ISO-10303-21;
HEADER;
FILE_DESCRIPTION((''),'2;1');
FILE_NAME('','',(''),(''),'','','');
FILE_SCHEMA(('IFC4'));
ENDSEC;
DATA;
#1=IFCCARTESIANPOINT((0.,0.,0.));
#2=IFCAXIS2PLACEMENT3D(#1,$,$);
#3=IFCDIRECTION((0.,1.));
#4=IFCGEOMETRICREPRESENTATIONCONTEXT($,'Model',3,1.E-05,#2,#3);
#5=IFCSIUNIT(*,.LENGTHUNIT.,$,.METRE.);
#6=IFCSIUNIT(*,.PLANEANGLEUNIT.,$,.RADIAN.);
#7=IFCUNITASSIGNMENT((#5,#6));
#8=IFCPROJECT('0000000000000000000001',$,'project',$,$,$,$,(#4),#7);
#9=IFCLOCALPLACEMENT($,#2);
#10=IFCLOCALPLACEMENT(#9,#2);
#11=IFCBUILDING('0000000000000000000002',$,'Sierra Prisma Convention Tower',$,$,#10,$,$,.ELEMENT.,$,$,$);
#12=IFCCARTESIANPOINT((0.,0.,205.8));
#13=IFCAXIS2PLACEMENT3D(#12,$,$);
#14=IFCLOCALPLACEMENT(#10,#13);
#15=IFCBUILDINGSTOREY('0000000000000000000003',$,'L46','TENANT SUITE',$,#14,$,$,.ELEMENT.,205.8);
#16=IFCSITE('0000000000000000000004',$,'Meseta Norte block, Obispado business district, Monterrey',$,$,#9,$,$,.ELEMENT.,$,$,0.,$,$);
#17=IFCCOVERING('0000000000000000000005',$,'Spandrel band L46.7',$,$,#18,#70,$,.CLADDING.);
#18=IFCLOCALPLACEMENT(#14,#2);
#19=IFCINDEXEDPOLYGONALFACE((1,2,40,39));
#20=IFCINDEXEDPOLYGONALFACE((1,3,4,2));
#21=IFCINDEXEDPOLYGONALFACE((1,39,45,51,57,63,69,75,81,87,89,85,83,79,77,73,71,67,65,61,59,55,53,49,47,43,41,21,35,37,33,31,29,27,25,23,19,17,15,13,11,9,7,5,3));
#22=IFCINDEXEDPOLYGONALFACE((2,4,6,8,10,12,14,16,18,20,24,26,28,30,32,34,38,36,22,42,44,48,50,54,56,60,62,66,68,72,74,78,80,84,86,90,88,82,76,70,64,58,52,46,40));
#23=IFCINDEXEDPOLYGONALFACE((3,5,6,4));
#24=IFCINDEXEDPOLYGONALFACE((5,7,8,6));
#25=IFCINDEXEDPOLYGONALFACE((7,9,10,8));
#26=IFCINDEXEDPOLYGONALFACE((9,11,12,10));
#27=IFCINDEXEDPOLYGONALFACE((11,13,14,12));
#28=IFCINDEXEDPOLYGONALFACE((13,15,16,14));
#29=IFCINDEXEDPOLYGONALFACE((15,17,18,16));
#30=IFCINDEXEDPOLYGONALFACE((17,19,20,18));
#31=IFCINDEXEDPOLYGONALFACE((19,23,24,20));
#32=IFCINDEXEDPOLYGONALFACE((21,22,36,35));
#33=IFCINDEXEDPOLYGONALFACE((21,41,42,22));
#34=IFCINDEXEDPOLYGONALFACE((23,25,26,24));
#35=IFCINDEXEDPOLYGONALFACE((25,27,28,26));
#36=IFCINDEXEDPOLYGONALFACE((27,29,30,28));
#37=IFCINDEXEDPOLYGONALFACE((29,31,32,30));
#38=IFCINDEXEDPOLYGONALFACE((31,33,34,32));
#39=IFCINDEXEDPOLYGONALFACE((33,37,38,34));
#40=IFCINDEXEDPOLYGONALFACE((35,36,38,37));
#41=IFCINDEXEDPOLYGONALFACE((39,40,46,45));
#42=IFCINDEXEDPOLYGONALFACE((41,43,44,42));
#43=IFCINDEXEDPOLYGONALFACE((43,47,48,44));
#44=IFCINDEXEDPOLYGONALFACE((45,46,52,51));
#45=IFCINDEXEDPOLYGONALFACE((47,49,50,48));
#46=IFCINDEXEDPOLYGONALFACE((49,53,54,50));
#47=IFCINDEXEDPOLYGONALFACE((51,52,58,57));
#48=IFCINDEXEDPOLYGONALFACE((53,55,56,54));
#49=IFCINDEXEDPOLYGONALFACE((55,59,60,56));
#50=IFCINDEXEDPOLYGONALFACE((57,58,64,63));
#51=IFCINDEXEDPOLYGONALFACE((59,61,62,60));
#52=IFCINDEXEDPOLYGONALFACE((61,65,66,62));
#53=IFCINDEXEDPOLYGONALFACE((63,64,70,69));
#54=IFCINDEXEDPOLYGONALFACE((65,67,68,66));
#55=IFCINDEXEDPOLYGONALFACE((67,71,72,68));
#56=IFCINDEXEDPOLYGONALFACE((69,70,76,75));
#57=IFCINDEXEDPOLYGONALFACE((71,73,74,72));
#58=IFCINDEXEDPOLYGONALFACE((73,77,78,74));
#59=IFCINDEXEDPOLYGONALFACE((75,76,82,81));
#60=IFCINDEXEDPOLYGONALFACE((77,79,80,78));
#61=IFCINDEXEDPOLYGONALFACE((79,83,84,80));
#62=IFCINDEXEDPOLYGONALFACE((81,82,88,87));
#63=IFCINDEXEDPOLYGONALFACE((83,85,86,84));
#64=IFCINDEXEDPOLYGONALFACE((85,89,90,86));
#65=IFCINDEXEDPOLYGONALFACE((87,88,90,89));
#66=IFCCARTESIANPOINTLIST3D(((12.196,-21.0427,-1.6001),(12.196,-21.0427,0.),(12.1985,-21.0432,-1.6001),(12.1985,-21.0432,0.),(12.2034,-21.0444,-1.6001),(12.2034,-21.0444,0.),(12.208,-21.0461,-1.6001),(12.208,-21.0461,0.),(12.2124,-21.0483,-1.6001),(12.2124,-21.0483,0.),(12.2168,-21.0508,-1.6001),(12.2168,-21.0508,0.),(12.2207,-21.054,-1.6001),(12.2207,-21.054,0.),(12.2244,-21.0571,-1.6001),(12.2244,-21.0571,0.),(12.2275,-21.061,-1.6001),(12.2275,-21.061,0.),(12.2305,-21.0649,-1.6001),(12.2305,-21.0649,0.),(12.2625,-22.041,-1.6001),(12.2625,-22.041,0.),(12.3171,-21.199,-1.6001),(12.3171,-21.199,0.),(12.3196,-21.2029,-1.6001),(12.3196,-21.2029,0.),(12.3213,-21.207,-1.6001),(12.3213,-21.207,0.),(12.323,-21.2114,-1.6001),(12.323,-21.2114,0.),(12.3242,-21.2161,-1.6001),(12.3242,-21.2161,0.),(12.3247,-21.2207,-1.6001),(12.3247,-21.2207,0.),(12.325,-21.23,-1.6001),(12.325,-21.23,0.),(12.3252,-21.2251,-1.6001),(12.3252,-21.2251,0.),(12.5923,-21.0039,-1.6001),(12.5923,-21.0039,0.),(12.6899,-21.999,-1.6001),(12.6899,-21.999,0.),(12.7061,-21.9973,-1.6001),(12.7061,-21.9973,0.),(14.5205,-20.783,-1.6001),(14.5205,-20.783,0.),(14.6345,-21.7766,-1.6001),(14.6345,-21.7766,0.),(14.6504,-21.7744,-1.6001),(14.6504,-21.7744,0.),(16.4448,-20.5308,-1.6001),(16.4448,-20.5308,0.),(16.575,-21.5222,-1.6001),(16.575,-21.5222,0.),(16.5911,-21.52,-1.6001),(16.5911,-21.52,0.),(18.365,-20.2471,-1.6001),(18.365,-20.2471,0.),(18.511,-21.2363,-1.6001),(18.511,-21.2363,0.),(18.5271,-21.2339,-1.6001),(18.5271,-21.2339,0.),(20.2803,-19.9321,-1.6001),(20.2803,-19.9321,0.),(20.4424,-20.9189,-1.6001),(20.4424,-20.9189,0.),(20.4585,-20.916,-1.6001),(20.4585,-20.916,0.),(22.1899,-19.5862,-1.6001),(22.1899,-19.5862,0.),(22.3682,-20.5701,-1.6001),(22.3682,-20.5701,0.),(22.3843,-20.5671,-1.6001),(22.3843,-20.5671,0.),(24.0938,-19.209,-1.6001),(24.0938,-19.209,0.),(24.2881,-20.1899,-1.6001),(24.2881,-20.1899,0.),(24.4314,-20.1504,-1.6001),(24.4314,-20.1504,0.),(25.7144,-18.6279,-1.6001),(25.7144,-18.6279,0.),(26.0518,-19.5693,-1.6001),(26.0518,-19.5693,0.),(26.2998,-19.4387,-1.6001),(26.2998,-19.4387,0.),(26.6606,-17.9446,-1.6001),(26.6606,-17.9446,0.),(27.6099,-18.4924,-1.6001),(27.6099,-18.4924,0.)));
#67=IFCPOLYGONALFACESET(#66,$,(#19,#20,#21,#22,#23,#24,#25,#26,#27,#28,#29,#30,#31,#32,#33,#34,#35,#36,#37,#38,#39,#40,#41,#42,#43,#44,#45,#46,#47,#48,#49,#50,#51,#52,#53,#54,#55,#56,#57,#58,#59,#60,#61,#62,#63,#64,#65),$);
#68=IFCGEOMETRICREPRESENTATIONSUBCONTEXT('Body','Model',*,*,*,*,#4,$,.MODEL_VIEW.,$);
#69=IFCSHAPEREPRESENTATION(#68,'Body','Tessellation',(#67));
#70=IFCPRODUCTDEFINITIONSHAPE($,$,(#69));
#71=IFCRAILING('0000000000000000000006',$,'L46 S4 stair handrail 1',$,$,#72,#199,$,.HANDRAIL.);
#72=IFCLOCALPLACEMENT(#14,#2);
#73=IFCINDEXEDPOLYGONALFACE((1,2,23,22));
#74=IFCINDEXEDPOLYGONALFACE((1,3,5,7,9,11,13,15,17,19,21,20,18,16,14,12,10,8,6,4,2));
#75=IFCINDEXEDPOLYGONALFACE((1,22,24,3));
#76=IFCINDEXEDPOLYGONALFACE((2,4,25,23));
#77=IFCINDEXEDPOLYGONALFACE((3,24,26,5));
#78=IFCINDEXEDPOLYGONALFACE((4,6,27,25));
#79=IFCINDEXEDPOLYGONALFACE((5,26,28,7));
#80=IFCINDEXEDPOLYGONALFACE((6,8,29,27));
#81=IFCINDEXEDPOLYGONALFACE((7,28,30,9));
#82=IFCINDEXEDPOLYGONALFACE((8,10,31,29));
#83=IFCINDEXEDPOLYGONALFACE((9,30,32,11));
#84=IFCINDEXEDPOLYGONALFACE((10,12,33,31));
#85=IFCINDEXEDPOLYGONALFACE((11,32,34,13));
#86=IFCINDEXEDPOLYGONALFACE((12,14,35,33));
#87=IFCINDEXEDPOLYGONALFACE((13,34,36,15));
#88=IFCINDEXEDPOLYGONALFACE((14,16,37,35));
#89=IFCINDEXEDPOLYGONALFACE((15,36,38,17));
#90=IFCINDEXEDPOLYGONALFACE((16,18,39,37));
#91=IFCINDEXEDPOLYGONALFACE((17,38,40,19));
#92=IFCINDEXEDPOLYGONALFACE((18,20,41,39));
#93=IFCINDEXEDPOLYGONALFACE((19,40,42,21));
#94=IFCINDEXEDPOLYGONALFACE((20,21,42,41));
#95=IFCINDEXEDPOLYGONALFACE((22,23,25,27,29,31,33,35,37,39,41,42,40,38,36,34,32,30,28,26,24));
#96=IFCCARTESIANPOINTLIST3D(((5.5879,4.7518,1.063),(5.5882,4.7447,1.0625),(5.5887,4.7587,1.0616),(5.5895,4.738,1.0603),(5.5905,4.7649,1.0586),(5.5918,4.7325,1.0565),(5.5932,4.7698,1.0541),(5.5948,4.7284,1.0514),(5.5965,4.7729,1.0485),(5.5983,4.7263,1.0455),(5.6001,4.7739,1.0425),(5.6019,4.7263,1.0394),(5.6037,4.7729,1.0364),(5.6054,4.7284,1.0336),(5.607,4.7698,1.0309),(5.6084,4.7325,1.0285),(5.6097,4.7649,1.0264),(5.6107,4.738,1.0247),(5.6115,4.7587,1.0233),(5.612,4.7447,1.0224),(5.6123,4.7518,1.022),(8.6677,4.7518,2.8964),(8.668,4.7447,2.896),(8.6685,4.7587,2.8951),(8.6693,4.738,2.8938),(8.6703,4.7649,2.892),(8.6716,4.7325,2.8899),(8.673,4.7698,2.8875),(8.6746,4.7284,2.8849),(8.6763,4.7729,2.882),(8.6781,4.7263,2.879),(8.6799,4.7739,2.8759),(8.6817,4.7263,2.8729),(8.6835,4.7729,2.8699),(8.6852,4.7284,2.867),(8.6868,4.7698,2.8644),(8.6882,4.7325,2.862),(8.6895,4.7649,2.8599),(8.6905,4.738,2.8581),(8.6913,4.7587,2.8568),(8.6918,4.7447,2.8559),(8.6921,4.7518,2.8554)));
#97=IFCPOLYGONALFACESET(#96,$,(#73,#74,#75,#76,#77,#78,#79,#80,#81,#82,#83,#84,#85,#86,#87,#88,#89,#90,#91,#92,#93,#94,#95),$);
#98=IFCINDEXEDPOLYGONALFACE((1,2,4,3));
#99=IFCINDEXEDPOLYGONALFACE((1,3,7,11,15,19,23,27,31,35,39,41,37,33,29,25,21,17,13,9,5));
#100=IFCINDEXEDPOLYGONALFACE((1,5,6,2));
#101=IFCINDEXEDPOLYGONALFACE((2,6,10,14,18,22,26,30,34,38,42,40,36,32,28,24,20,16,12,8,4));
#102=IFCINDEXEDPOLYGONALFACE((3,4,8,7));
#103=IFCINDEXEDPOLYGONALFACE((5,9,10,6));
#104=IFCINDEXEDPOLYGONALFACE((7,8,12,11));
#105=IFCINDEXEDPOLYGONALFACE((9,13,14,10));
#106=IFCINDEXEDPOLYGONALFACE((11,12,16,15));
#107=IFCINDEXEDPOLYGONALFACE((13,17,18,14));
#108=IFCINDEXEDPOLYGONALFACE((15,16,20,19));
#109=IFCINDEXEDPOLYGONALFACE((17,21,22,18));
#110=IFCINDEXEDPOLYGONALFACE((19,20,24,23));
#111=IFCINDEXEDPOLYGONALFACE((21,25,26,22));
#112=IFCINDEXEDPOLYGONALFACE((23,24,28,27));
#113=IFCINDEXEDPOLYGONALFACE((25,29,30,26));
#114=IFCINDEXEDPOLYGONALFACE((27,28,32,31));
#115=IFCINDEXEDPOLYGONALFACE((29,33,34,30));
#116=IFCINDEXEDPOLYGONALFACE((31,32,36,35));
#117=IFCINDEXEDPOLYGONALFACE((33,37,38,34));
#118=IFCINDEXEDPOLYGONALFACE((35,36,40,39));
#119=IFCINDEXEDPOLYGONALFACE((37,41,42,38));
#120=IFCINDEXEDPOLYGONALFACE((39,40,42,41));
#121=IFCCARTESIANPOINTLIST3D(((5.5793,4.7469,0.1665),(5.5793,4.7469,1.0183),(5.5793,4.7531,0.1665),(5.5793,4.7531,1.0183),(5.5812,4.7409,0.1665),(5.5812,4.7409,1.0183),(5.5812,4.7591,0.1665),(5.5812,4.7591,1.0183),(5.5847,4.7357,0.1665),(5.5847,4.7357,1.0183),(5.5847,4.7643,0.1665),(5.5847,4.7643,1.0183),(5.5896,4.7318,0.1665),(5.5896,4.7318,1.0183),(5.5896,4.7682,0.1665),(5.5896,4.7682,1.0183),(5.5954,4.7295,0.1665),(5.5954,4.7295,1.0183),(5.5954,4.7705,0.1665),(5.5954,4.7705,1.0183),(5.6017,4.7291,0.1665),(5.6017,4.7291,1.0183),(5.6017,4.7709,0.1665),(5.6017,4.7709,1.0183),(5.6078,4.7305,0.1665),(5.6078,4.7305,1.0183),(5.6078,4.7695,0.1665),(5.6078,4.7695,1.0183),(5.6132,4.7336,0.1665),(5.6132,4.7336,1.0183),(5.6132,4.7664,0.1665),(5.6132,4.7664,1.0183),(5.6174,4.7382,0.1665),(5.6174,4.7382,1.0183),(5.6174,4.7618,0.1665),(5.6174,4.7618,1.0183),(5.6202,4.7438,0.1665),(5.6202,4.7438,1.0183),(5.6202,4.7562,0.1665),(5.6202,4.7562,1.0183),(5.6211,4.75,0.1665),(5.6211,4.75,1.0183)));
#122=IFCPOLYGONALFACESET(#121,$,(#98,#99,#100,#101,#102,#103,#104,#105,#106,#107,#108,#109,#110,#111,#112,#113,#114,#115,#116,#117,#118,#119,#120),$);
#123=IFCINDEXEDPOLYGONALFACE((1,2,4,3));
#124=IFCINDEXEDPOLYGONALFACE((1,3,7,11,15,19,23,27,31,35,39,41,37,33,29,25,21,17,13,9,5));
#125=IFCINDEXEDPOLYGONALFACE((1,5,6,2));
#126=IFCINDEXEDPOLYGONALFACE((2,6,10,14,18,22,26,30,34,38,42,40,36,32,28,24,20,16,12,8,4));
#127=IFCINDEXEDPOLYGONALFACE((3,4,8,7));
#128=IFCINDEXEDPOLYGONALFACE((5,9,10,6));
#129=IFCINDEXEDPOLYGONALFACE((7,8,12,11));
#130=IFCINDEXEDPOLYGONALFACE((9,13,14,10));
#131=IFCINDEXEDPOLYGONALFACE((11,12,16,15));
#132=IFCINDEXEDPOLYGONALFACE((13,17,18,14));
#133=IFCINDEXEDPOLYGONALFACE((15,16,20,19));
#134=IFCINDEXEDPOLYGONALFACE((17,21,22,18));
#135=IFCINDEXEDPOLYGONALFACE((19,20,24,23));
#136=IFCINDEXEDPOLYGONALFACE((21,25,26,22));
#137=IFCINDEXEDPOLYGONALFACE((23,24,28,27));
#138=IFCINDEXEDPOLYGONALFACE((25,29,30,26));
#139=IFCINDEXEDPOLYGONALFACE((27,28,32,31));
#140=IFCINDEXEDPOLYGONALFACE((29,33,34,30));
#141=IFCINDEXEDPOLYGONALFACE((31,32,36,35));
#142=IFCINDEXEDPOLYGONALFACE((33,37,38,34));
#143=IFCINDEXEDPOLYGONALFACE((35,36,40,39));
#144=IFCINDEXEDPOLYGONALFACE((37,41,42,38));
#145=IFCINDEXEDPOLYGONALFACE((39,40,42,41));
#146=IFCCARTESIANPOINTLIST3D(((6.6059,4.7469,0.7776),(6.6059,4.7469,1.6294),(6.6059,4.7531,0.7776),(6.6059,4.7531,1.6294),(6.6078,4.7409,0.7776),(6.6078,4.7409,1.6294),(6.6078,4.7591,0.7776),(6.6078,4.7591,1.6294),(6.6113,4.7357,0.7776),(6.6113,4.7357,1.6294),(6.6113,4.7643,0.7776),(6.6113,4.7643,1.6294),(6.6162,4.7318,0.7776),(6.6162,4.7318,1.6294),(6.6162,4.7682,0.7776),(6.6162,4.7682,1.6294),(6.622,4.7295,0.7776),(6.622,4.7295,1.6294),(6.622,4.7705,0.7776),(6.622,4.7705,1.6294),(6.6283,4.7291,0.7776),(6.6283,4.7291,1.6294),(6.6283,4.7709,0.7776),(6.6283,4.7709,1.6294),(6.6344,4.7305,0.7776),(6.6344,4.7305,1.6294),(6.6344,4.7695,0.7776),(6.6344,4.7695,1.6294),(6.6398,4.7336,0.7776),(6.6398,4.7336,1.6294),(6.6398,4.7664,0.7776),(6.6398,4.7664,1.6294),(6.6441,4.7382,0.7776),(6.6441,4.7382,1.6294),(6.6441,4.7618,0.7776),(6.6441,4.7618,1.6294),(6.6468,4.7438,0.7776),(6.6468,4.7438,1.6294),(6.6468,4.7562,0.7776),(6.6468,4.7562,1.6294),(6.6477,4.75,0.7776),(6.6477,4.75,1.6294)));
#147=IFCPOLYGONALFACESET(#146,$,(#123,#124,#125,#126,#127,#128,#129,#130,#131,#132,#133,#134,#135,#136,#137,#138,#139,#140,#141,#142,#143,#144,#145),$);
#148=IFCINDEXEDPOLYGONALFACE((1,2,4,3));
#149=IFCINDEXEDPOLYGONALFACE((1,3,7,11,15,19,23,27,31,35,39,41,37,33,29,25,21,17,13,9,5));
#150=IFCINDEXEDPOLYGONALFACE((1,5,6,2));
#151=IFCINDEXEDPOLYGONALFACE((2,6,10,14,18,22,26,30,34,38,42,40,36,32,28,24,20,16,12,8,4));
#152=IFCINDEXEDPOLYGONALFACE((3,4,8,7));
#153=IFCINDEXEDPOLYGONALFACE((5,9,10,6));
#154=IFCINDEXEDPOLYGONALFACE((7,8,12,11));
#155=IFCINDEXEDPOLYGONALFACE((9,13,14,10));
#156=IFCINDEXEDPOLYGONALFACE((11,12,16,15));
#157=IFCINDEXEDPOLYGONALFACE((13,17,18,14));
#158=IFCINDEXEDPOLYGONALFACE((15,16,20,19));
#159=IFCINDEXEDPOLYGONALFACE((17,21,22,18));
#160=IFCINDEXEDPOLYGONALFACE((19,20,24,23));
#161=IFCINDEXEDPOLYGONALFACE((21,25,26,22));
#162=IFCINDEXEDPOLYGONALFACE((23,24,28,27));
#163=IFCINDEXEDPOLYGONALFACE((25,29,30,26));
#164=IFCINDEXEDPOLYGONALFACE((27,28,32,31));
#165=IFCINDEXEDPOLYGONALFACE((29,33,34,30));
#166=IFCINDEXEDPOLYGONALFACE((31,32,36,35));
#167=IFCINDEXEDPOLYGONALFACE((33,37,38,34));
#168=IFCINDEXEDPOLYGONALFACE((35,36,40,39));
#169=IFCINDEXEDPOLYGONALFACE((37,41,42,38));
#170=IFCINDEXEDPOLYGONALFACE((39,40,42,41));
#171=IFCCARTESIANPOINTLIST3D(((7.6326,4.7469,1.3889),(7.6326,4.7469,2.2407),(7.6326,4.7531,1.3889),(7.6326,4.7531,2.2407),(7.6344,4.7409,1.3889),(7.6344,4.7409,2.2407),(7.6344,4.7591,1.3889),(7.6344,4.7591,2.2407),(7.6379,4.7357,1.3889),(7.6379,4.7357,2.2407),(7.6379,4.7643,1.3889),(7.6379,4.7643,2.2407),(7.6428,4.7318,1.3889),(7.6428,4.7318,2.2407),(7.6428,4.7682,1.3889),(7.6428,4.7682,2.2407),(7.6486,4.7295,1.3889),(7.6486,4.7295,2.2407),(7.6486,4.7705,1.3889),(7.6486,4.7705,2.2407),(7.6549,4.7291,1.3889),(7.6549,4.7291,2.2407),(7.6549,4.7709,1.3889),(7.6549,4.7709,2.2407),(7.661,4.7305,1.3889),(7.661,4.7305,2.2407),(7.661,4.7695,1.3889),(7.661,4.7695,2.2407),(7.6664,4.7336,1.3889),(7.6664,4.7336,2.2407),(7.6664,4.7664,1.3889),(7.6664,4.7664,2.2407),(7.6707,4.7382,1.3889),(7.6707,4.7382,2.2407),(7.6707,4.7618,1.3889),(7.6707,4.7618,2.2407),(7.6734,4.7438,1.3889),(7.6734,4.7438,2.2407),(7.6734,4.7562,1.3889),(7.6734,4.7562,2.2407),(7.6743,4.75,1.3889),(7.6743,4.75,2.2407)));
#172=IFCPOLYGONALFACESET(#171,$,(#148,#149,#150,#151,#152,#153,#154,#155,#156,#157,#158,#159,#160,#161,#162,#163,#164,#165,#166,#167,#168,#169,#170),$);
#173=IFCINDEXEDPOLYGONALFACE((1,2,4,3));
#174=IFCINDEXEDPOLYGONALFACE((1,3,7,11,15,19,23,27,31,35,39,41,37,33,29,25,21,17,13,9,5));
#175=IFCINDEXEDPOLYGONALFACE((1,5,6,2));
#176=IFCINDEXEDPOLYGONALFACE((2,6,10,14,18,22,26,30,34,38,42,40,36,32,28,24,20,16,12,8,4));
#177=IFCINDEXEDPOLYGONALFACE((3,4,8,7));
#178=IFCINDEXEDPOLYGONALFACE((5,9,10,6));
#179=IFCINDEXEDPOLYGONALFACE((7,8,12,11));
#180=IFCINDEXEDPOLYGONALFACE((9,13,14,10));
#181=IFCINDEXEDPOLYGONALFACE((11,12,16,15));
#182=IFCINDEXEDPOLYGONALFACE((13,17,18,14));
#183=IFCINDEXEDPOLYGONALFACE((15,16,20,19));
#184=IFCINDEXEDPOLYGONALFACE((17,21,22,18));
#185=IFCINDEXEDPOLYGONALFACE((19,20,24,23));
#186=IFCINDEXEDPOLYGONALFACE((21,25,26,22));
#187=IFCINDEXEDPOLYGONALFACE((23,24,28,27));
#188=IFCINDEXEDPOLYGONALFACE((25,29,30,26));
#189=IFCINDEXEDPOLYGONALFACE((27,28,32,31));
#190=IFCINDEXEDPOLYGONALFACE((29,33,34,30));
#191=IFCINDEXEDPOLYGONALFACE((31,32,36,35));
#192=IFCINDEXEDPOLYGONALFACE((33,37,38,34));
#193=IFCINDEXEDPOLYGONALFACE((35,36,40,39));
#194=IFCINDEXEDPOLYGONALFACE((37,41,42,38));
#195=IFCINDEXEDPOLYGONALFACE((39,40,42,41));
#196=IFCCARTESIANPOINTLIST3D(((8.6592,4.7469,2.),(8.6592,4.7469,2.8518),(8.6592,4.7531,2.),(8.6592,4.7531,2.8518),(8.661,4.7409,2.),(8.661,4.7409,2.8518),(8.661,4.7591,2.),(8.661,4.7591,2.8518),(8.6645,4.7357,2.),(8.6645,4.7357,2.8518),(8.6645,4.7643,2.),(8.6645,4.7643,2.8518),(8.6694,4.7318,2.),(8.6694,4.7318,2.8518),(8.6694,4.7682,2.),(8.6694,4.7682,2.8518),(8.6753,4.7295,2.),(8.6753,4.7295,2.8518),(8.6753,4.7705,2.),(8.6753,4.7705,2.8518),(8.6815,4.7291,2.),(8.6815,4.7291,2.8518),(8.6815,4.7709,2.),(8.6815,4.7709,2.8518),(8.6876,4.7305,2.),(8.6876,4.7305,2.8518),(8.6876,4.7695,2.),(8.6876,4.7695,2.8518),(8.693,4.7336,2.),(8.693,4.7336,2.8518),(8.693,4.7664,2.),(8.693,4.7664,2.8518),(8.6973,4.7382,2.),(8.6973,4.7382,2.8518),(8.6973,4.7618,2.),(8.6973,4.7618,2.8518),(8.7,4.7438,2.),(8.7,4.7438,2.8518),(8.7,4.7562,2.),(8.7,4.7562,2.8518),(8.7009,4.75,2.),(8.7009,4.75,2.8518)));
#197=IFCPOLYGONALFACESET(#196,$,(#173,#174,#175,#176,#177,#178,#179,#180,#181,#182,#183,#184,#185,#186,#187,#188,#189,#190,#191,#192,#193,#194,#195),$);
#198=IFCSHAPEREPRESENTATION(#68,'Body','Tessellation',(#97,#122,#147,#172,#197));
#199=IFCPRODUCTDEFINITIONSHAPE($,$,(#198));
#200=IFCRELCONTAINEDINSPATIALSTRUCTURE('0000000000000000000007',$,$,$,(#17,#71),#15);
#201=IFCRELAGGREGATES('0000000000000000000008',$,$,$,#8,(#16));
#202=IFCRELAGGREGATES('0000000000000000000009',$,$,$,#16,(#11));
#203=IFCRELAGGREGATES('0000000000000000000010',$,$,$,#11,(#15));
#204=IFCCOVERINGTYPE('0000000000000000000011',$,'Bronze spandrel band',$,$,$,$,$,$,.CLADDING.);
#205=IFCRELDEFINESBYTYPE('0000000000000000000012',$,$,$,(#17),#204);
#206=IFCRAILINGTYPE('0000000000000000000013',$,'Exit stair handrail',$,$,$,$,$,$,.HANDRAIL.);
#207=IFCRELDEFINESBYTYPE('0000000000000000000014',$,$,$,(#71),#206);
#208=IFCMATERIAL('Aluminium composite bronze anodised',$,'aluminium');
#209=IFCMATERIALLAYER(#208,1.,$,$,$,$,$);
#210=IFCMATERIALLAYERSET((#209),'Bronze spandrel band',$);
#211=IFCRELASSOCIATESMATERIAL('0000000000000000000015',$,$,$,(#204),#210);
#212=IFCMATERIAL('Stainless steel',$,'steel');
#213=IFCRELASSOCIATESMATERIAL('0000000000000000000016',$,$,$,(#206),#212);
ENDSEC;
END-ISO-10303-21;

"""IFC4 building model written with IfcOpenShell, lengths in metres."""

from ifc_helpers import new_model, si_unit, direction, frame, origin, origin_2d, place, context, subcontext, project, spatial, polyline, circle, outline, extrude, material, layer, layer_set, type_object, element, save


model = new_model("IFC4")

# Units and contexts
model_context = context("Model", 3, precision=1e-05, world=origin(), true_north=direction((0.0, 1.0)))
body_context = subcontext(model_context, "Body", "Model", "MODEL_VIEW")
ifc_project = project(units=[si_unit("LENGTHUNIT", "METRE"), si_unit("PLANEANGLEUNIT", "RADIAN")], contexts=[model_context])

# Site, building, storey
site_placement = place(None, origin())
site = spatial("IfcSite", under=ifc_project, at=site_placement, Name="Meseta Norte block, Obispado business district, Monterrey", CompositionType="ELEMENT", RefElevation=0.0)
building_placement = place(site_placement, origin())
building = spatial("IfcBuilding", under=site, at=building_placement, Name="Sierra Prisma Convention Tower", CompositionType="ELEMENT")
storey_placement = place(building_placement, frame((0.0, 0.0, 205.8)))
storey = spatial("IfcBuildingStorey", under=building, at=storey_placement, Name="L46", Description="TENANT SUITE", CompositionType="ELEMENT", Elevation=205.8)

# Covering
ifc_material_1 = material(Name="Aluminium composite bronze anodised", Category="aluminium")
ifc_layer_1 = layer(ifc_material_1, 1.0)
ifc_layer_set_1 = layer_set([ifc_layer_1], Name="Bronze spandrel band")
covering_type_1 = type_object("IfcCoveringType", Name="Bronze spandrel band", PredefinedType="CLADDING", material=ifc_layer_set_1)
covering_1_placement = place(storey_placement, frame((0.0, 0.0, -1.6001)))
element("IfcCovering", 1, at=covering_1_placement, inside=storey, type_object=covering_type_1, Name="Spandrel band L46.7", PredefinedType="CLADDING", context=body_context, shape_type="SweptSolid", body=[
    extrude(outline(polyline([(24.2881, -20.1899), (22.3843, -20.5671), (22.3682, -20.5701), (20.4585, -20.916), (20.4424, -20.9189), (18.5271, -21.2339), (18.511, -21.2363), (16.5911, -21.52), (16.575, -21.5222), (14.6504, -21.7744), (14.6345, -21.7766), (12.7061, -21.9973), (12.6899, -21.999), (12.2625, -22.041), (12.325, -21.23), (12.3252, -21.2251), (12.3247, -21.2207), (12.3242, -21.2161), (12.323, -21.2114), (12.3213, -21.207), (12.3196, -21.2029), (12.3171, -21.199), (12.2305, -21.0649), (12.2275, -21.061), (12.2244, -21.0571), (12.2207, -21.054), (12.2168, -21.0508), (12.2124, -21.0483), (12.208, -21.0461), (12.2034, -21.0444), (12.1985, -21.0432), (12.196, -21.0427), (12.5923, -21.0039), (14.5205, -20.783), (16.4448, -20.5308), (18.365, -20.2471), (20.2803, -19.9321), (22.1899, -19.5862), (24.0938, -19.209), (25.7144, -18.6279), (26.6606, -17.9446), (27.6099, -18.4924), (26.2998, -19.4387), (26.0518, -19.5693), (24.4314, -20.1504), (24.2881, -20.1899)])), origin(), (0.0, 0.0, 1.0), 1.6001),
])

# Railing
ifc_material_2 = material(Name="Stainless steel", Category="steel")
railing_type_1 = type_object("IfcRailingType", Name="Exit stair handrail", PredefinedType="HANDRAIL", material=ifc_material_2)
railing_1_placement = place(storey_placement, frame((5.6001, 4.75, 0.1665)))
element("IfcRailing", 2, at=railing_1_placement, inside=storey, type_object=railing_type_1, Name="L46 S4 stair handrail 1", PredefinedType="HANDRAIL", context=body_context, shape_type="SweptSolid", body=[
    extrude(circle(Radius=0.0239, at=origin_2d()), frame((0.0, 0.0, 0.876), z_axis=(0.859261, 0.0, 0.511538), x_axis=(0.0, 1.0, 0.0)), (0.0, 0.0, 1.0), 3.5842),
    extrude(circle(Radius=0.021, at=origin_2d()), origin(), (0.0, 0.0, 1.0), 0.8518),
    extrude(circle(Radius=0.021, at=origin_2d()), frame((1.0266, 0.0, 0.6111)), (0.0, 0.0, 1.0), 0.8518),
    extrude(circle(Radius=0.021, at=origin_2d()), frame((2.0532, 0.0, 1.2224)), (0.0, 0.0, 1.0), 0.8518),
    extrude(circle(Radius=0.021, at=origin_2d()), frame((3.0798, 0.0, 1.8335)), (0.0, 0.0, 1.0), 0.8518),
])

save(model, "model.ifc")
